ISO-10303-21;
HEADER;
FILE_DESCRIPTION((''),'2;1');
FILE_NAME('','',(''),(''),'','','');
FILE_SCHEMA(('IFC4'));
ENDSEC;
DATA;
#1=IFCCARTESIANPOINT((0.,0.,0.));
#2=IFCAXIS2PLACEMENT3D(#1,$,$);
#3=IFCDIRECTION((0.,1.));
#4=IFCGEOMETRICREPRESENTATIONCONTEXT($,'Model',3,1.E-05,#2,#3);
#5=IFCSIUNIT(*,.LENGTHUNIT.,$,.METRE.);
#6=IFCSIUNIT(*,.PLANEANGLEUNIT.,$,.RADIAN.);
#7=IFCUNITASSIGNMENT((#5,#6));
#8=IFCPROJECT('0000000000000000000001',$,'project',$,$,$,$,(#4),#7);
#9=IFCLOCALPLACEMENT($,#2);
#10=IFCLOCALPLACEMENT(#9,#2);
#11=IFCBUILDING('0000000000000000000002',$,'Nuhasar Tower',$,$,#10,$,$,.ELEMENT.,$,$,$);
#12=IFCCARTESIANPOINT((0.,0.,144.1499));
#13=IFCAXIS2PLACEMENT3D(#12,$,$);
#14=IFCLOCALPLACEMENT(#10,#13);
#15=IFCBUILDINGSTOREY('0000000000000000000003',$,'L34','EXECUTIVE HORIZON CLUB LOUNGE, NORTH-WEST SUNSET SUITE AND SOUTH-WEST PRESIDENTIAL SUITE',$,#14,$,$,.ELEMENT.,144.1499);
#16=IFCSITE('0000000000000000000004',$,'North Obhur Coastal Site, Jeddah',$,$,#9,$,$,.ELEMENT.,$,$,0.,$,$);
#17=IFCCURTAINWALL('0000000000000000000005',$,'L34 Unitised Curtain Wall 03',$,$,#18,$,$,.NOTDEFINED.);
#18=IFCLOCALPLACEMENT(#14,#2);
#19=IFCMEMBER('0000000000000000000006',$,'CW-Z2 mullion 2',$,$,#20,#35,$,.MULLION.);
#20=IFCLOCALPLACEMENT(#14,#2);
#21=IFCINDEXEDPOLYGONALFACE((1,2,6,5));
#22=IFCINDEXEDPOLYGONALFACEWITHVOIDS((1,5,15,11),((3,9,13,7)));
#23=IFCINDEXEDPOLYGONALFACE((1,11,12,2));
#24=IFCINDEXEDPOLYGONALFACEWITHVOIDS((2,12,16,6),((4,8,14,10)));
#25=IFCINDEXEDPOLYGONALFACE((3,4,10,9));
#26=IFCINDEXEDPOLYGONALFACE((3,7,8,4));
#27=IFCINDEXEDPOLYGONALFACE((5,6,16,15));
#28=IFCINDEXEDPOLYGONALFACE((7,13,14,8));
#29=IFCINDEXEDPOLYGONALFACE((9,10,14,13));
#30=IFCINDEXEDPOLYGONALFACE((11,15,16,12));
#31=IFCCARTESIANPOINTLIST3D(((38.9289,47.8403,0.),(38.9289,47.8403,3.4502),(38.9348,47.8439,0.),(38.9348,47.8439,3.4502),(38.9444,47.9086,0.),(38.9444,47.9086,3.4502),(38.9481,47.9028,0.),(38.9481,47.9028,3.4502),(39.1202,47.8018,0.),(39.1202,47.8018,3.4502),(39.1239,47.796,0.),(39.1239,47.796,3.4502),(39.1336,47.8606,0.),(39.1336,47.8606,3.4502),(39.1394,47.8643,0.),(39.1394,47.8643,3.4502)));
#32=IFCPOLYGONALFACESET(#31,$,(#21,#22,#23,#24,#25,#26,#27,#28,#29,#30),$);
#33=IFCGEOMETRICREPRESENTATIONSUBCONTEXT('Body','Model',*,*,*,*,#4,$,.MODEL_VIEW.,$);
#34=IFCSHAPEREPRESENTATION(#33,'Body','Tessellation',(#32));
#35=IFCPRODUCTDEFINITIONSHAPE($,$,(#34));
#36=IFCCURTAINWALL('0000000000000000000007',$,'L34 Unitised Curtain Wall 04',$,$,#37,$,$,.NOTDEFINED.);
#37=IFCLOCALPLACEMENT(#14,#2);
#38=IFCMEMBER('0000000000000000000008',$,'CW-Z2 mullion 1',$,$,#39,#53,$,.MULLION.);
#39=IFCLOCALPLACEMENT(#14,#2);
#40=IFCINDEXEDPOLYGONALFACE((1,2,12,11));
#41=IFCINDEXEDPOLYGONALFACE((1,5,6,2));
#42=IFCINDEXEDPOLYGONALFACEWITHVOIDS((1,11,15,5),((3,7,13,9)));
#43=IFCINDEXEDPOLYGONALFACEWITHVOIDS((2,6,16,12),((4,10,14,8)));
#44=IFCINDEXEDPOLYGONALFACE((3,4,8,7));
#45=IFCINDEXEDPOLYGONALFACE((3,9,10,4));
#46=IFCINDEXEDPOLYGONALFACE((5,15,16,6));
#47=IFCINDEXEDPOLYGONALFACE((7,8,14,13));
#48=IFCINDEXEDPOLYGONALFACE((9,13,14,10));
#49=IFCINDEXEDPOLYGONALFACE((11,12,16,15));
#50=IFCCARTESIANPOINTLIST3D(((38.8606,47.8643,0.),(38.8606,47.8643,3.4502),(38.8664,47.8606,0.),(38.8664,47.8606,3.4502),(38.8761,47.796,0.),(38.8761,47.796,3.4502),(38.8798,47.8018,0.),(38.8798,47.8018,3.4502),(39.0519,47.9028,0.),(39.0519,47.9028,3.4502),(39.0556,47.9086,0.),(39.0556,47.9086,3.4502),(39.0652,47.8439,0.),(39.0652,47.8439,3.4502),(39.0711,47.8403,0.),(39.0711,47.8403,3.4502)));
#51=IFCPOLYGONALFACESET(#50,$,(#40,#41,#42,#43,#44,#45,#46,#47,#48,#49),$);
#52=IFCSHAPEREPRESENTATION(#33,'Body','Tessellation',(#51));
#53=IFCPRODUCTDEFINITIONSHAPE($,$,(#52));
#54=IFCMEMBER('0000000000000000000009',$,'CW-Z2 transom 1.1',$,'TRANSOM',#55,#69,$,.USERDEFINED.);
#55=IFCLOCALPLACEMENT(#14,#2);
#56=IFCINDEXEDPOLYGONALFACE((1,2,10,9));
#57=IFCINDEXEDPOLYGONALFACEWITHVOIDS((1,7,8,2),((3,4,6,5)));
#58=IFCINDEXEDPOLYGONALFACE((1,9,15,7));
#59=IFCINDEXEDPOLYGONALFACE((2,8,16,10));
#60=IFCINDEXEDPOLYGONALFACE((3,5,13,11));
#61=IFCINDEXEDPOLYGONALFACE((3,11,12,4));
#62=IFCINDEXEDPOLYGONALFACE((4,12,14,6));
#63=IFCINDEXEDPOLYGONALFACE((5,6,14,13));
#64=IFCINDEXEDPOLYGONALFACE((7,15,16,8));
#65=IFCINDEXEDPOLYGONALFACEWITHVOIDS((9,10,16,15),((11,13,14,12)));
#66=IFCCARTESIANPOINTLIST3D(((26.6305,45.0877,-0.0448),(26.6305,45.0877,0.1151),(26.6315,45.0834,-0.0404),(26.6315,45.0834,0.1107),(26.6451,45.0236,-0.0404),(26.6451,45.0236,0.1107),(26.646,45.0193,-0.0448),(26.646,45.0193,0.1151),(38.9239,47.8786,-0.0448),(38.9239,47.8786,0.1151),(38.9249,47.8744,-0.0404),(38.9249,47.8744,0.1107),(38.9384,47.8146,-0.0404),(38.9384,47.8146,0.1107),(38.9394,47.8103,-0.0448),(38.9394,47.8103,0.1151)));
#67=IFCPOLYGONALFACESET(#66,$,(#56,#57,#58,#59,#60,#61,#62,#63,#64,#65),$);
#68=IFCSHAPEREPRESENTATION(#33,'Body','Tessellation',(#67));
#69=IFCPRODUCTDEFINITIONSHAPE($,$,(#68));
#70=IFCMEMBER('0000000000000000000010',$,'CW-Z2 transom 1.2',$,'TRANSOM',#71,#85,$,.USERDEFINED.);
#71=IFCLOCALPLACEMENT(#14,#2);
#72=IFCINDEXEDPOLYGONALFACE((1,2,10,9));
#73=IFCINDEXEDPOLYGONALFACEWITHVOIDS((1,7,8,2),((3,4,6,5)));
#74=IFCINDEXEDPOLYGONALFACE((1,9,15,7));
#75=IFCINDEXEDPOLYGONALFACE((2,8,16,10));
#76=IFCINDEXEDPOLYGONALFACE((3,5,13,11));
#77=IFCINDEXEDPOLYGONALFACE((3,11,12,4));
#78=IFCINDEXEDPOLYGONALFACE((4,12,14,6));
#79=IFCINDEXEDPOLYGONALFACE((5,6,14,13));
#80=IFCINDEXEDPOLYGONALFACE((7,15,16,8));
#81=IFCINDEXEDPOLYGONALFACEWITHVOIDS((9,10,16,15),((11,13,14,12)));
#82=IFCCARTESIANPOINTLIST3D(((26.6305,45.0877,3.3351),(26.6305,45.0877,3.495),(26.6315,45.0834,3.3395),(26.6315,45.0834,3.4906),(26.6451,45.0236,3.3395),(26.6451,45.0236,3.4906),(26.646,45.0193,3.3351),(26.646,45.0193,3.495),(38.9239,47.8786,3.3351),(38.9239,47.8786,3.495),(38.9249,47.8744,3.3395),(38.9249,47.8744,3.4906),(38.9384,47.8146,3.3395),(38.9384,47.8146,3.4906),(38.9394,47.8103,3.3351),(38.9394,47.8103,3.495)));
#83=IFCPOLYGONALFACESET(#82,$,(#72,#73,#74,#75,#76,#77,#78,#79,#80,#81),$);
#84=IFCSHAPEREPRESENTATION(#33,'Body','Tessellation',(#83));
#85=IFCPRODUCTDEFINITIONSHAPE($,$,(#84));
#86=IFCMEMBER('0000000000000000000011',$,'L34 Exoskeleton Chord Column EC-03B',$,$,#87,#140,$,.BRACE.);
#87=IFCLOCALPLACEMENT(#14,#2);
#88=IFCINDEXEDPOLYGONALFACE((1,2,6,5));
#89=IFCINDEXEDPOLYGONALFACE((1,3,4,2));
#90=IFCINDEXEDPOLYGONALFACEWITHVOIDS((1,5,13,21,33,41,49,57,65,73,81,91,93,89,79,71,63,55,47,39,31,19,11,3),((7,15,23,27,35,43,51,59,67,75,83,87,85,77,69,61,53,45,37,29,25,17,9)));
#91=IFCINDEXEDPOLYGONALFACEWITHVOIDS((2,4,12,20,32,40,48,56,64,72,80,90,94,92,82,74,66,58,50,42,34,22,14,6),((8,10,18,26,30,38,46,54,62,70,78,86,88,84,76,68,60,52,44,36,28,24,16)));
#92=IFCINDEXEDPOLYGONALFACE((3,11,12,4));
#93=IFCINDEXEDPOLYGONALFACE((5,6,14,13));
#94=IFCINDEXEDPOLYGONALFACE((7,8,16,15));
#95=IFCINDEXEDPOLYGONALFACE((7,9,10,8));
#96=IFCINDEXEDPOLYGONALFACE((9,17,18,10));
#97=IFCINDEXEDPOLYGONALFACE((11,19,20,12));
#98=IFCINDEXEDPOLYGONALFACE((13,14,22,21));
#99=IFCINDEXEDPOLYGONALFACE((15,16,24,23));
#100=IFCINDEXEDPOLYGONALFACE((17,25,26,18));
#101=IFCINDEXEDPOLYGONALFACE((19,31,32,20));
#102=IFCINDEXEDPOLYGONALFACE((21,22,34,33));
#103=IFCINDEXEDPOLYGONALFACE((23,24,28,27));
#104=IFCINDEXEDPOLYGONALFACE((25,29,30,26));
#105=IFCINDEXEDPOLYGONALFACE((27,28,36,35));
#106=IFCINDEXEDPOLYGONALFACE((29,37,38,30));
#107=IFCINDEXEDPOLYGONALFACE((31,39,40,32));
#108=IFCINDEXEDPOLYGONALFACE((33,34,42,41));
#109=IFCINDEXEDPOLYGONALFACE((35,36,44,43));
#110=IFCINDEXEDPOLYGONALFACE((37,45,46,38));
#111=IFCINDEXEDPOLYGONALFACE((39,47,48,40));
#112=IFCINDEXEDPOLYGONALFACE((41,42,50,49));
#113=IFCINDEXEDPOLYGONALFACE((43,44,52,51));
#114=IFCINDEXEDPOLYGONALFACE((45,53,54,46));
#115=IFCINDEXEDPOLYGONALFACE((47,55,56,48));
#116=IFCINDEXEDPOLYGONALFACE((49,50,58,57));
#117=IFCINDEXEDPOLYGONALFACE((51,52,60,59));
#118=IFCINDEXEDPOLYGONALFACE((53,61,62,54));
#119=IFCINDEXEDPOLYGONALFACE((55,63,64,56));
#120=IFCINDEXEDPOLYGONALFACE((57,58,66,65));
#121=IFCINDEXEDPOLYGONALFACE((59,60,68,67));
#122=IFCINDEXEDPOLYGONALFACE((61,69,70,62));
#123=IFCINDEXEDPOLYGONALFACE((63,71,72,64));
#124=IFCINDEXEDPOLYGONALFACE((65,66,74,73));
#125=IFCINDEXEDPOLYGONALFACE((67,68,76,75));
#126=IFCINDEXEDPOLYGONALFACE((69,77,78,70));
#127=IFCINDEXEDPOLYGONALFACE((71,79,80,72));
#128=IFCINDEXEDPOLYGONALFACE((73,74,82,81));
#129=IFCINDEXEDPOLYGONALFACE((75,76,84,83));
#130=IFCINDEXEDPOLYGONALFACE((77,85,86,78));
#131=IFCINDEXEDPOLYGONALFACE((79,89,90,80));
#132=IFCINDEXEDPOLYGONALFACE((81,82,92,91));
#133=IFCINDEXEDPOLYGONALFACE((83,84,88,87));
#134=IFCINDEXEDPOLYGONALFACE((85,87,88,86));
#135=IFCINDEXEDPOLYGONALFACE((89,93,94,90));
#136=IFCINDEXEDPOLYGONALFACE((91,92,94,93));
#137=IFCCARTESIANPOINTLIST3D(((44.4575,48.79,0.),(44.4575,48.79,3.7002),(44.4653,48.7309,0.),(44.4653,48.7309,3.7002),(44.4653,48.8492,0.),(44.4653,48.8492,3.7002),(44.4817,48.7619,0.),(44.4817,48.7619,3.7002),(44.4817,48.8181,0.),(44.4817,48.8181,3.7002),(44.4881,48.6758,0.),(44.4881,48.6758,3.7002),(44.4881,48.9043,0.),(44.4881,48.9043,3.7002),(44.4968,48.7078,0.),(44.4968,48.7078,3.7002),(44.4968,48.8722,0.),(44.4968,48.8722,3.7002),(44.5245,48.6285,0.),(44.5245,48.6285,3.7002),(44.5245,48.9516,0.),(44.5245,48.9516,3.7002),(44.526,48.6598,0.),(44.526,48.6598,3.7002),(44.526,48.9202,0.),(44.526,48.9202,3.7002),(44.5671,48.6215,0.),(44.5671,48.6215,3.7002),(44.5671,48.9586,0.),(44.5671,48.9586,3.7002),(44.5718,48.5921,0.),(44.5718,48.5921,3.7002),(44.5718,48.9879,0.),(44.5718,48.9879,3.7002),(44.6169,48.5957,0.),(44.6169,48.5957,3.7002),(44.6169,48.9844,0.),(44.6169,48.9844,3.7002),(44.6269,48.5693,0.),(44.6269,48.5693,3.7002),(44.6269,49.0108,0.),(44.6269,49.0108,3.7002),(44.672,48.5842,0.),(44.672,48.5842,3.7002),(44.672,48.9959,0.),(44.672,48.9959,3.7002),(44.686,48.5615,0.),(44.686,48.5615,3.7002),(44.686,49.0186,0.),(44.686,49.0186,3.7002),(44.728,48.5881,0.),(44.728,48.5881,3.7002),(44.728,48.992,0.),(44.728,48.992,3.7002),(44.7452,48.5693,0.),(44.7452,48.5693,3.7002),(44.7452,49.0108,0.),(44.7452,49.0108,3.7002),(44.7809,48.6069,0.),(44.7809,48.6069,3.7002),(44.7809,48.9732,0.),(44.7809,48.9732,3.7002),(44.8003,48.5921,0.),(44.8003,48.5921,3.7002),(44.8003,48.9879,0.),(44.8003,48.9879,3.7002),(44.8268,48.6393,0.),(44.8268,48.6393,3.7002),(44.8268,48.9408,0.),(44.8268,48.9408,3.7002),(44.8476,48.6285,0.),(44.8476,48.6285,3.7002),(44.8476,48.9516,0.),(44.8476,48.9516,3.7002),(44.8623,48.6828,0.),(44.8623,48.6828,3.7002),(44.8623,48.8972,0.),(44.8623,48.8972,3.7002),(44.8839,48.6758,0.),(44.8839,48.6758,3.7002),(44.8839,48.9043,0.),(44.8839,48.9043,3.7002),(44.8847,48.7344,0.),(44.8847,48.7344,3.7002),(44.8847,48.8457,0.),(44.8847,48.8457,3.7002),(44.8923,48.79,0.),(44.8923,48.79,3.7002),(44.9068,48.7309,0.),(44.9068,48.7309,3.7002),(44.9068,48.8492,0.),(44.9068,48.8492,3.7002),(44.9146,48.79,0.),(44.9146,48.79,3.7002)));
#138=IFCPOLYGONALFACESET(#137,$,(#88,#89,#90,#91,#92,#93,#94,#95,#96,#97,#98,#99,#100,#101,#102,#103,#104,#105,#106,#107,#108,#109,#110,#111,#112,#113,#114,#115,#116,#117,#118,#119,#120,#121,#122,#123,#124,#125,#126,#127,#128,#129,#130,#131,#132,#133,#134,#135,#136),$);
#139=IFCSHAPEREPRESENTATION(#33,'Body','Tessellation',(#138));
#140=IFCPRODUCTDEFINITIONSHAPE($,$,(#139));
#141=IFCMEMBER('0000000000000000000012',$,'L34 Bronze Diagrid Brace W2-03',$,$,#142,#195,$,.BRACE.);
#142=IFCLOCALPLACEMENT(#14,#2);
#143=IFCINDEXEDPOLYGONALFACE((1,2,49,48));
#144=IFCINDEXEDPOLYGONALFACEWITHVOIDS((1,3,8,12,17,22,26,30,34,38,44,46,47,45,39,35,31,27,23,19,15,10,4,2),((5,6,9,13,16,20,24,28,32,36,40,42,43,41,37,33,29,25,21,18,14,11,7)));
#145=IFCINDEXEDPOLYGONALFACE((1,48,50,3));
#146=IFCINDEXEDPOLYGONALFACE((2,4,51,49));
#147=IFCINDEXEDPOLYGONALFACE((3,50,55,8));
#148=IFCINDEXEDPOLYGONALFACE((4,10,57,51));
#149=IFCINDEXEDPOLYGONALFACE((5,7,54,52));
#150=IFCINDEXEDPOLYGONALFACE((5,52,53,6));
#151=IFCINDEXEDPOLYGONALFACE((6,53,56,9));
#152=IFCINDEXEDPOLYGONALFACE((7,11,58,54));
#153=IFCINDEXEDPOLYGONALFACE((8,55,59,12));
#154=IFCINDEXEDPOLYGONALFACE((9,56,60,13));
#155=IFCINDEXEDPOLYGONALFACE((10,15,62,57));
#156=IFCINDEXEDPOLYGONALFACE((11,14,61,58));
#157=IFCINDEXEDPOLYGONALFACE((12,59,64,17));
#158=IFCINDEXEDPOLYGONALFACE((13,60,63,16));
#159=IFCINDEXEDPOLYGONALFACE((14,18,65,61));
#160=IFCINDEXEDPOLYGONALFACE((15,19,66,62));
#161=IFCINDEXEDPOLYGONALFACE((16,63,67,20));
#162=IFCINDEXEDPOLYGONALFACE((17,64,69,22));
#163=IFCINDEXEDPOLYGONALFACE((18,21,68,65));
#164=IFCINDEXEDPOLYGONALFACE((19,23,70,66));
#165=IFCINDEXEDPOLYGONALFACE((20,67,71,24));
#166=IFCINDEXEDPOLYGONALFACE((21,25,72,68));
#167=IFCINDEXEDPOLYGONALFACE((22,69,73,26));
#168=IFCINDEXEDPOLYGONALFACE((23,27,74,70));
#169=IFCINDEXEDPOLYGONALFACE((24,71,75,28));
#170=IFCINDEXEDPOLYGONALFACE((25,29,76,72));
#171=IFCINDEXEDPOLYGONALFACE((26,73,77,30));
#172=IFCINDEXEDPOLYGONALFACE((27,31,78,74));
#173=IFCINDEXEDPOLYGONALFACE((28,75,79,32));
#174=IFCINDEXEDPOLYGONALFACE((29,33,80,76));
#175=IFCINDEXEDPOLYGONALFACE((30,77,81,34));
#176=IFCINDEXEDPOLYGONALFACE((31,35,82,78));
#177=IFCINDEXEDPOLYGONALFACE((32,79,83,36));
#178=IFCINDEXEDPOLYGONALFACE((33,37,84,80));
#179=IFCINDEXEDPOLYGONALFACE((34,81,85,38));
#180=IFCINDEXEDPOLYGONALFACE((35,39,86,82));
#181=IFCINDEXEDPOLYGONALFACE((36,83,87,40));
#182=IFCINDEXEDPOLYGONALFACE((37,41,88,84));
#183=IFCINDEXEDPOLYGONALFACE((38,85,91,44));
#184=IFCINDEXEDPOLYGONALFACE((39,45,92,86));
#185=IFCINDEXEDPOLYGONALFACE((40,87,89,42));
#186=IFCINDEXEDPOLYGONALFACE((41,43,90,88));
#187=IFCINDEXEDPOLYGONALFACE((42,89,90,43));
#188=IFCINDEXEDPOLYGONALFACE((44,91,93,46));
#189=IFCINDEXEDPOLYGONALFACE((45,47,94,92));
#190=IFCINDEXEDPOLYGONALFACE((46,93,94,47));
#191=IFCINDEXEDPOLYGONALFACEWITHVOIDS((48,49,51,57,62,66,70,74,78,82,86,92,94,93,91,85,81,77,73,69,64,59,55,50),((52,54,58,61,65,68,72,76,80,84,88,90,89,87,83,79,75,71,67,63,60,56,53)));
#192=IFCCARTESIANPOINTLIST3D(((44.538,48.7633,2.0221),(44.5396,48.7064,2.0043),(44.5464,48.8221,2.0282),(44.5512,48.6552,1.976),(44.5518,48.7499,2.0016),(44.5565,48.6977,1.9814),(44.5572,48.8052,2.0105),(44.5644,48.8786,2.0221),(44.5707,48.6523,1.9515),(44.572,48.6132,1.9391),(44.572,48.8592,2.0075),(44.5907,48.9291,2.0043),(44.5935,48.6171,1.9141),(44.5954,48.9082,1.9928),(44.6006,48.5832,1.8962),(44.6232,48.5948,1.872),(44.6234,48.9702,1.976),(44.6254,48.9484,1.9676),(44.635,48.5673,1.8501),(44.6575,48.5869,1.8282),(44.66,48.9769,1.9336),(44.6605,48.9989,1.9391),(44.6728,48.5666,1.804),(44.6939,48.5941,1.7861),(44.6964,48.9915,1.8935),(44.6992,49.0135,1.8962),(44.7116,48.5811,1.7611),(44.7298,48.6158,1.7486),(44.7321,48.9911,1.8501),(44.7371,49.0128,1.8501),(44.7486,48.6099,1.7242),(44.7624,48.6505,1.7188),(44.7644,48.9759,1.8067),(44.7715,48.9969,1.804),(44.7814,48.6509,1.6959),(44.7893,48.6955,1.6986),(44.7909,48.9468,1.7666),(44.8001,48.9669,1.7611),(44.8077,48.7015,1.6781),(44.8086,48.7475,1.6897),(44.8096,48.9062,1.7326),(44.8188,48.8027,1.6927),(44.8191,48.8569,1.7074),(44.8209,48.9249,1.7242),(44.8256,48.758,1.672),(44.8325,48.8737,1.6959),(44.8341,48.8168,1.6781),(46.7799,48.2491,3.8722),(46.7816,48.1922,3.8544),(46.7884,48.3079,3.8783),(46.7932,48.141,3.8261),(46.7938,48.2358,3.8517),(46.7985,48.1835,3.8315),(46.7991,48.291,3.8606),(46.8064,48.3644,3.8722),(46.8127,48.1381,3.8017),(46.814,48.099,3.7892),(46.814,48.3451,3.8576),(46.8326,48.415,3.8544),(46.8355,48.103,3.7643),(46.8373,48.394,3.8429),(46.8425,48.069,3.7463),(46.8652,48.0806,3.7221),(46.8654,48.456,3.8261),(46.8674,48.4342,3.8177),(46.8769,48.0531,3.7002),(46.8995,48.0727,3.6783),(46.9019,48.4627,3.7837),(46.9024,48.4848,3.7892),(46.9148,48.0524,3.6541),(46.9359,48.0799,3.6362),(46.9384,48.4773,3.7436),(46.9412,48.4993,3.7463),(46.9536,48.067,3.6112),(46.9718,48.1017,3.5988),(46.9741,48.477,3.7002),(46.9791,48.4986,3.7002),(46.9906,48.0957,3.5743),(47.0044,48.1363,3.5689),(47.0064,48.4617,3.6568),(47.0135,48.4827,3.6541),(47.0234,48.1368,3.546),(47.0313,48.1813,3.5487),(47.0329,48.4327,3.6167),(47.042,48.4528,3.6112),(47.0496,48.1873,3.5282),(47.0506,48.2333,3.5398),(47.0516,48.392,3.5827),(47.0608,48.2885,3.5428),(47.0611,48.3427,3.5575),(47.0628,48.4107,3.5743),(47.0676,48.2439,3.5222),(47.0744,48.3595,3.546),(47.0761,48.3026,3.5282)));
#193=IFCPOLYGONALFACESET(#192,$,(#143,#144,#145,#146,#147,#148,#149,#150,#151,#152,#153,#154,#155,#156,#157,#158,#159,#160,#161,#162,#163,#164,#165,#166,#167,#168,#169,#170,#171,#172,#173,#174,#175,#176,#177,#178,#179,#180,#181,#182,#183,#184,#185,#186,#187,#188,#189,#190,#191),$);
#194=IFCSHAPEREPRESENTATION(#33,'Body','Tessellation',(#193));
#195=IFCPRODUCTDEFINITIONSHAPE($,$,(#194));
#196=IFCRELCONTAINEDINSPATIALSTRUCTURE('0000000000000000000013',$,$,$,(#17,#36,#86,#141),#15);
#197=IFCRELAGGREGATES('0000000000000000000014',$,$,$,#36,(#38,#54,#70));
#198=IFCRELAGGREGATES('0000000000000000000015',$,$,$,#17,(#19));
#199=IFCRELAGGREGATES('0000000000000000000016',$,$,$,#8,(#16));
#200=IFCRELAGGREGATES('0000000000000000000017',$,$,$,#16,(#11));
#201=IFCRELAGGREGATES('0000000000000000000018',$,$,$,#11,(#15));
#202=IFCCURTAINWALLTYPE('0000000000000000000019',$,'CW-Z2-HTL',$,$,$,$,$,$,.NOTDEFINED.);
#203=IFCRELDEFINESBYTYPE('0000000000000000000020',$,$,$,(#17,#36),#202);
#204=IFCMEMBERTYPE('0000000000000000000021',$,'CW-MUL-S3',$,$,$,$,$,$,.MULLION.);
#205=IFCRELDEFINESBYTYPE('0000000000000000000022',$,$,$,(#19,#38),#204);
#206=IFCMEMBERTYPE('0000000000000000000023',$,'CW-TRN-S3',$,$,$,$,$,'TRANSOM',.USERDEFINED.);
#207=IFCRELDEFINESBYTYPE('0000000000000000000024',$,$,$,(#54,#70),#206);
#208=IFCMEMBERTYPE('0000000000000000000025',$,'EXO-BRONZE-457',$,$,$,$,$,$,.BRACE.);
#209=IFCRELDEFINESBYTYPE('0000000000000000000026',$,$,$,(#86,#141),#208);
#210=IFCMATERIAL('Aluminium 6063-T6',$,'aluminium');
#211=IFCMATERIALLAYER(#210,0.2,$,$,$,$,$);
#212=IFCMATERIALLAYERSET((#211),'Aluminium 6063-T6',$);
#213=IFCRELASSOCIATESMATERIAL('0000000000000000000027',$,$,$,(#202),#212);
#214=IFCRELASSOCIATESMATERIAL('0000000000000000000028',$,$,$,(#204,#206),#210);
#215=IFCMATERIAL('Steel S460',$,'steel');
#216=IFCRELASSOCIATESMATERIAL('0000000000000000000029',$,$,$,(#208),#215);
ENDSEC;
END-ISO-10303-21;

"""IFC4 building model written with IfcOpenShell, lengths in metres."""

from ifc_helpers import new_model, si_unit, direction, frame, origin, origin_2d, place, context, subcontext, project, spatial, hollow_rectangle, hollow_circle, extrude, material, layer, layer_set, material_profile, profile_set, type_object, element, aggregate, save


model = new_model("IFC4")

# Units and contexts
model_context = context("Model", 3, precision=1e-05, world=origin(), true_north=direction((0.0, 1.0)))
body_context = subcontext(model_context, "Body", "Model", "MODEL_VIEW")
ifc_project = project(units=[si_unit("LENGTHUNIT", "METRE"), si_unit("PLANEANGLEUNIT", "RADIAN")], contexts=[model_context])

# Site, building, storey
site_placement = place(None, origin())
site = spatial("IfcSite", under=ifc_project, at=site_placement, Name="North Obhur Coastal Site, Jeddah", CompositionType="ELEMENT", RefElevation=0.0)
building_placement = place(site_placement, origin())
building = spatial("IfcBuilding", under=site, at=building_placement, Name="Nuhasar Tower", CompositionType="ELEMENT")
storey_placement = place(building_placement, frame((0.0, 0.0, 144.1499)))
storey = spatial("IfcBuildingStorey", under=building, at=storey_placement, Name="L34", Description="EXECUTIVE HORIZON CLUB LOUNGE, NORTH-WEST SUNSET SUITE AND SOUTH-WEST PRESIDENTIAL SUITE", CompositionType="ELEMENT", Elevation=144.1499)

# Curtain wall, member
ifc_material_1 = material(Name="Aluminium 6063-T6", Category="aluminium")
ifc_layer_1 = layer(ifc_material_1, 0.2)
ifc_layer_set_1 = layer_set([ifc_layer_1], Name="Aluminium 6063-T6")
curtain_wall_type = type_object("IfcCurtainWallType", Name="CW-Z2-HTL", PredefinedType="NOTDEFINED", material=ifc_layer_set_1)
curtain_wall_1_placement = place(storey_placement, origin())
curtain_wall_1 = element("IfcCurtainWall", 1, at=curtain_wall_1_placement, inside=storey, type_object=curtain_wall_type, Name="L34 Unitised Curtain Wall 03", PredefinedType="NOTDEFINED")
ifc_material_profile_1 = material_profile(ifc_material_1, hollow_rectangle(XDim=0.0701, YDim=0.2, WallThickness=0.0049, at=origin_2d()), Name="CWM-3")
ifc_profile_set_1 = profile_set([ifc_material_profile_1], Name="Aluminium 6063-T6")
member_type_1 = type_object("IfcMemberType", Name="CW-MUL-S3", PredefinedType="MULLION", material=ifc_profile_set_1)
member_1_placement = place(storey_placement, frame((39.0342, 47.8523, 0.0), z_axis=(0.0, 0.0, 1.0), x_axis=(-0.221397, -0.975184, 0.0)))
member_1 = element("IfcMember", 2, at=member_1_placement, type_object=member_type_1, Name="CW-Z2 mullion 2", PredefinedType="MULLION", context=body_context, shape_type="SweptSolid", body=[
    extrude(hollow_rectangle(XDim=0.0701, YDim=0.2, WallThickness=0.0049, at=origin_2d()), origin(), (0.0, 0.0, 1.0), 3.4502),
])

# Curtain wall, members
curtain_wall_2_placement = place(storey_placement, origin())
curtain_wall_2 = element("IfcCurtainWall", 3, at=curtain_wall_2_placement, inside=storey, type_object=curtain_wall_type, Name="L34 Unitised Curtain Wall 04", PredefinedType="NOTDEFINED")
member_2_placement = place(storey_placement, frame((38.9658, 47.8523, 0.0), z_axis=(0.0, 0.0, 1.0), x_axis=(0.221397, -0.975184, 0.0)))
member_2 = element("IfcMember", 4, at=member_2_placement, type_object=member_type_1, Name="CW-Z2 mullion 1", PredefinedType="MULLION", context=body_context, shape_type="SweptSolid", body=[
    extrude(hollow_rectangle(XDim=0.0701, YDim=0.2, WallThickness=0.0049, at=origin_2d()), origin(), (0.0, 0.0, 1.0), 3.4502),
])
ifc_material_profile_2 = material_profile(ifc_material_1, hollow_rectangle(XDim=0.0701, YDim=0.1599, WallThickness=0.0044, at=origin_2d()), Name="CWT-3")
ifc_profile_set_2 = profile_set([ifc_material_profile_2], Name="Aluminium 6063-T6")
member_type_2 = type_object("IfcMemberType", Name="CW-TRN-S3", ElementType="TRANSOM", PredefinedType="USERDEFINED", material=ifc_profile_set_2)
member_3_placement = place(storey_placement, frame((38.9316, 47.8445, 0.0352), z_axis=(-0.975183, -0.221398, 0.0), x_axis=(0.221398, -0.975183, 0.0)))
member_3 = element("IfcMember", 5, at=member_3_placement, type_object=member_type_2, Name="CW-Z2 transom 1.1", ObjectType="TRANSOM", PredefinedType="USERDEFINED", context=body_context, shape_type="SweptSolid", body=[
    extrude(hollow_rectangle(XDim=0.0701, YDim=0.1599, WallThickness=0.0044, at=origin_2d()), origin(), (0.0, 0.0, 1.0), 12.6062),
])
member_4_placement = place(storey_placement, frame((38.9316, 47.8445, 3.415), z_axis=(-0.975183, -0.221398, 0.0), x_axis=(0.221398, -0.975183, 0.0)))
member_4 = element("IfcMember", 6, at=member_4_placement, type_object=member_type_2, Name="CW-Z2 transom 1.2", ObjectType="TRANSOM", PredefinedType="USERDEFINED", context=body_context, shape_type="SweptSolid", body=[
    extrude(hollow_rectangle(XDim=0.0701, YDim=0.1599, WallThickness=0.0044, at=origin_2d()), origin(), (0.0, 0.0, 1.0), 12.6062),
])
aggregate(curtain_wall_2, [member_2, member_3, member_4])

# Members
ifc_material_2 = material(Name="Steel S460", Category="steel")
ifc_material_profile_3 = material_profile(ifc_material_2, hollow_circle(Radius=0.2285, WallThickness=0.0222, at=origin_2d()), Name="HSS457X22.2")
ifc_profile_set_3 = profile_set([ifc_material_profile_3], Name="Steel S460")
member_type_3 = type_object("IfcMemberType", Name="EXO-BRONZE-457", PredefinedType="BRACE", material=ifc_profile_set_3)
member_5_placement = place(storey_placement, frame((44.686, 48.79, 0.0), z_axis=(0.0, 0.0, 1.0), x_axis=(1.0, 0.0, 0.0)))
element("IfcMember", 7, at=member_5_placement, inside=storey, type_object=member_type_3, Name="L34 Exoskeleton Chord Column EC-03B", PredefinedType="BRACE", context=body_context, shape_type="SweptSolid", body=[
    extrude(hollow_circle(Radius=0.2285, WallThickness=0.0222, at=origin_2d()), origin(), (0.0, 0.0, 1.0), 3.7002),
])
member_6_placement = place(storey_placement, frame((44.686, 48.79, 1.8501), z_axis=(0.7595, -0.174181, 0.626755), x_axis=(0.223534, 0.974696, 0.0)))
element("IfcMember", 8, at=member_6_placement, inside=storey, type_object=member_type_3, Name="L34 Bronze Diagrid Brace W2-03", PredefinedType="BRACE", context=body_context, shape_type="SweptSolid", body=[
    extrude(hollow_circle(Radius=0.2285, WallThickness=0.0222, at=origin_2d()), origin(), (0.0, 0.0, 1.0), 2.9519),
])

aggregate(curtain_wall_1, [member_1])

save(model, "model.ifc")
